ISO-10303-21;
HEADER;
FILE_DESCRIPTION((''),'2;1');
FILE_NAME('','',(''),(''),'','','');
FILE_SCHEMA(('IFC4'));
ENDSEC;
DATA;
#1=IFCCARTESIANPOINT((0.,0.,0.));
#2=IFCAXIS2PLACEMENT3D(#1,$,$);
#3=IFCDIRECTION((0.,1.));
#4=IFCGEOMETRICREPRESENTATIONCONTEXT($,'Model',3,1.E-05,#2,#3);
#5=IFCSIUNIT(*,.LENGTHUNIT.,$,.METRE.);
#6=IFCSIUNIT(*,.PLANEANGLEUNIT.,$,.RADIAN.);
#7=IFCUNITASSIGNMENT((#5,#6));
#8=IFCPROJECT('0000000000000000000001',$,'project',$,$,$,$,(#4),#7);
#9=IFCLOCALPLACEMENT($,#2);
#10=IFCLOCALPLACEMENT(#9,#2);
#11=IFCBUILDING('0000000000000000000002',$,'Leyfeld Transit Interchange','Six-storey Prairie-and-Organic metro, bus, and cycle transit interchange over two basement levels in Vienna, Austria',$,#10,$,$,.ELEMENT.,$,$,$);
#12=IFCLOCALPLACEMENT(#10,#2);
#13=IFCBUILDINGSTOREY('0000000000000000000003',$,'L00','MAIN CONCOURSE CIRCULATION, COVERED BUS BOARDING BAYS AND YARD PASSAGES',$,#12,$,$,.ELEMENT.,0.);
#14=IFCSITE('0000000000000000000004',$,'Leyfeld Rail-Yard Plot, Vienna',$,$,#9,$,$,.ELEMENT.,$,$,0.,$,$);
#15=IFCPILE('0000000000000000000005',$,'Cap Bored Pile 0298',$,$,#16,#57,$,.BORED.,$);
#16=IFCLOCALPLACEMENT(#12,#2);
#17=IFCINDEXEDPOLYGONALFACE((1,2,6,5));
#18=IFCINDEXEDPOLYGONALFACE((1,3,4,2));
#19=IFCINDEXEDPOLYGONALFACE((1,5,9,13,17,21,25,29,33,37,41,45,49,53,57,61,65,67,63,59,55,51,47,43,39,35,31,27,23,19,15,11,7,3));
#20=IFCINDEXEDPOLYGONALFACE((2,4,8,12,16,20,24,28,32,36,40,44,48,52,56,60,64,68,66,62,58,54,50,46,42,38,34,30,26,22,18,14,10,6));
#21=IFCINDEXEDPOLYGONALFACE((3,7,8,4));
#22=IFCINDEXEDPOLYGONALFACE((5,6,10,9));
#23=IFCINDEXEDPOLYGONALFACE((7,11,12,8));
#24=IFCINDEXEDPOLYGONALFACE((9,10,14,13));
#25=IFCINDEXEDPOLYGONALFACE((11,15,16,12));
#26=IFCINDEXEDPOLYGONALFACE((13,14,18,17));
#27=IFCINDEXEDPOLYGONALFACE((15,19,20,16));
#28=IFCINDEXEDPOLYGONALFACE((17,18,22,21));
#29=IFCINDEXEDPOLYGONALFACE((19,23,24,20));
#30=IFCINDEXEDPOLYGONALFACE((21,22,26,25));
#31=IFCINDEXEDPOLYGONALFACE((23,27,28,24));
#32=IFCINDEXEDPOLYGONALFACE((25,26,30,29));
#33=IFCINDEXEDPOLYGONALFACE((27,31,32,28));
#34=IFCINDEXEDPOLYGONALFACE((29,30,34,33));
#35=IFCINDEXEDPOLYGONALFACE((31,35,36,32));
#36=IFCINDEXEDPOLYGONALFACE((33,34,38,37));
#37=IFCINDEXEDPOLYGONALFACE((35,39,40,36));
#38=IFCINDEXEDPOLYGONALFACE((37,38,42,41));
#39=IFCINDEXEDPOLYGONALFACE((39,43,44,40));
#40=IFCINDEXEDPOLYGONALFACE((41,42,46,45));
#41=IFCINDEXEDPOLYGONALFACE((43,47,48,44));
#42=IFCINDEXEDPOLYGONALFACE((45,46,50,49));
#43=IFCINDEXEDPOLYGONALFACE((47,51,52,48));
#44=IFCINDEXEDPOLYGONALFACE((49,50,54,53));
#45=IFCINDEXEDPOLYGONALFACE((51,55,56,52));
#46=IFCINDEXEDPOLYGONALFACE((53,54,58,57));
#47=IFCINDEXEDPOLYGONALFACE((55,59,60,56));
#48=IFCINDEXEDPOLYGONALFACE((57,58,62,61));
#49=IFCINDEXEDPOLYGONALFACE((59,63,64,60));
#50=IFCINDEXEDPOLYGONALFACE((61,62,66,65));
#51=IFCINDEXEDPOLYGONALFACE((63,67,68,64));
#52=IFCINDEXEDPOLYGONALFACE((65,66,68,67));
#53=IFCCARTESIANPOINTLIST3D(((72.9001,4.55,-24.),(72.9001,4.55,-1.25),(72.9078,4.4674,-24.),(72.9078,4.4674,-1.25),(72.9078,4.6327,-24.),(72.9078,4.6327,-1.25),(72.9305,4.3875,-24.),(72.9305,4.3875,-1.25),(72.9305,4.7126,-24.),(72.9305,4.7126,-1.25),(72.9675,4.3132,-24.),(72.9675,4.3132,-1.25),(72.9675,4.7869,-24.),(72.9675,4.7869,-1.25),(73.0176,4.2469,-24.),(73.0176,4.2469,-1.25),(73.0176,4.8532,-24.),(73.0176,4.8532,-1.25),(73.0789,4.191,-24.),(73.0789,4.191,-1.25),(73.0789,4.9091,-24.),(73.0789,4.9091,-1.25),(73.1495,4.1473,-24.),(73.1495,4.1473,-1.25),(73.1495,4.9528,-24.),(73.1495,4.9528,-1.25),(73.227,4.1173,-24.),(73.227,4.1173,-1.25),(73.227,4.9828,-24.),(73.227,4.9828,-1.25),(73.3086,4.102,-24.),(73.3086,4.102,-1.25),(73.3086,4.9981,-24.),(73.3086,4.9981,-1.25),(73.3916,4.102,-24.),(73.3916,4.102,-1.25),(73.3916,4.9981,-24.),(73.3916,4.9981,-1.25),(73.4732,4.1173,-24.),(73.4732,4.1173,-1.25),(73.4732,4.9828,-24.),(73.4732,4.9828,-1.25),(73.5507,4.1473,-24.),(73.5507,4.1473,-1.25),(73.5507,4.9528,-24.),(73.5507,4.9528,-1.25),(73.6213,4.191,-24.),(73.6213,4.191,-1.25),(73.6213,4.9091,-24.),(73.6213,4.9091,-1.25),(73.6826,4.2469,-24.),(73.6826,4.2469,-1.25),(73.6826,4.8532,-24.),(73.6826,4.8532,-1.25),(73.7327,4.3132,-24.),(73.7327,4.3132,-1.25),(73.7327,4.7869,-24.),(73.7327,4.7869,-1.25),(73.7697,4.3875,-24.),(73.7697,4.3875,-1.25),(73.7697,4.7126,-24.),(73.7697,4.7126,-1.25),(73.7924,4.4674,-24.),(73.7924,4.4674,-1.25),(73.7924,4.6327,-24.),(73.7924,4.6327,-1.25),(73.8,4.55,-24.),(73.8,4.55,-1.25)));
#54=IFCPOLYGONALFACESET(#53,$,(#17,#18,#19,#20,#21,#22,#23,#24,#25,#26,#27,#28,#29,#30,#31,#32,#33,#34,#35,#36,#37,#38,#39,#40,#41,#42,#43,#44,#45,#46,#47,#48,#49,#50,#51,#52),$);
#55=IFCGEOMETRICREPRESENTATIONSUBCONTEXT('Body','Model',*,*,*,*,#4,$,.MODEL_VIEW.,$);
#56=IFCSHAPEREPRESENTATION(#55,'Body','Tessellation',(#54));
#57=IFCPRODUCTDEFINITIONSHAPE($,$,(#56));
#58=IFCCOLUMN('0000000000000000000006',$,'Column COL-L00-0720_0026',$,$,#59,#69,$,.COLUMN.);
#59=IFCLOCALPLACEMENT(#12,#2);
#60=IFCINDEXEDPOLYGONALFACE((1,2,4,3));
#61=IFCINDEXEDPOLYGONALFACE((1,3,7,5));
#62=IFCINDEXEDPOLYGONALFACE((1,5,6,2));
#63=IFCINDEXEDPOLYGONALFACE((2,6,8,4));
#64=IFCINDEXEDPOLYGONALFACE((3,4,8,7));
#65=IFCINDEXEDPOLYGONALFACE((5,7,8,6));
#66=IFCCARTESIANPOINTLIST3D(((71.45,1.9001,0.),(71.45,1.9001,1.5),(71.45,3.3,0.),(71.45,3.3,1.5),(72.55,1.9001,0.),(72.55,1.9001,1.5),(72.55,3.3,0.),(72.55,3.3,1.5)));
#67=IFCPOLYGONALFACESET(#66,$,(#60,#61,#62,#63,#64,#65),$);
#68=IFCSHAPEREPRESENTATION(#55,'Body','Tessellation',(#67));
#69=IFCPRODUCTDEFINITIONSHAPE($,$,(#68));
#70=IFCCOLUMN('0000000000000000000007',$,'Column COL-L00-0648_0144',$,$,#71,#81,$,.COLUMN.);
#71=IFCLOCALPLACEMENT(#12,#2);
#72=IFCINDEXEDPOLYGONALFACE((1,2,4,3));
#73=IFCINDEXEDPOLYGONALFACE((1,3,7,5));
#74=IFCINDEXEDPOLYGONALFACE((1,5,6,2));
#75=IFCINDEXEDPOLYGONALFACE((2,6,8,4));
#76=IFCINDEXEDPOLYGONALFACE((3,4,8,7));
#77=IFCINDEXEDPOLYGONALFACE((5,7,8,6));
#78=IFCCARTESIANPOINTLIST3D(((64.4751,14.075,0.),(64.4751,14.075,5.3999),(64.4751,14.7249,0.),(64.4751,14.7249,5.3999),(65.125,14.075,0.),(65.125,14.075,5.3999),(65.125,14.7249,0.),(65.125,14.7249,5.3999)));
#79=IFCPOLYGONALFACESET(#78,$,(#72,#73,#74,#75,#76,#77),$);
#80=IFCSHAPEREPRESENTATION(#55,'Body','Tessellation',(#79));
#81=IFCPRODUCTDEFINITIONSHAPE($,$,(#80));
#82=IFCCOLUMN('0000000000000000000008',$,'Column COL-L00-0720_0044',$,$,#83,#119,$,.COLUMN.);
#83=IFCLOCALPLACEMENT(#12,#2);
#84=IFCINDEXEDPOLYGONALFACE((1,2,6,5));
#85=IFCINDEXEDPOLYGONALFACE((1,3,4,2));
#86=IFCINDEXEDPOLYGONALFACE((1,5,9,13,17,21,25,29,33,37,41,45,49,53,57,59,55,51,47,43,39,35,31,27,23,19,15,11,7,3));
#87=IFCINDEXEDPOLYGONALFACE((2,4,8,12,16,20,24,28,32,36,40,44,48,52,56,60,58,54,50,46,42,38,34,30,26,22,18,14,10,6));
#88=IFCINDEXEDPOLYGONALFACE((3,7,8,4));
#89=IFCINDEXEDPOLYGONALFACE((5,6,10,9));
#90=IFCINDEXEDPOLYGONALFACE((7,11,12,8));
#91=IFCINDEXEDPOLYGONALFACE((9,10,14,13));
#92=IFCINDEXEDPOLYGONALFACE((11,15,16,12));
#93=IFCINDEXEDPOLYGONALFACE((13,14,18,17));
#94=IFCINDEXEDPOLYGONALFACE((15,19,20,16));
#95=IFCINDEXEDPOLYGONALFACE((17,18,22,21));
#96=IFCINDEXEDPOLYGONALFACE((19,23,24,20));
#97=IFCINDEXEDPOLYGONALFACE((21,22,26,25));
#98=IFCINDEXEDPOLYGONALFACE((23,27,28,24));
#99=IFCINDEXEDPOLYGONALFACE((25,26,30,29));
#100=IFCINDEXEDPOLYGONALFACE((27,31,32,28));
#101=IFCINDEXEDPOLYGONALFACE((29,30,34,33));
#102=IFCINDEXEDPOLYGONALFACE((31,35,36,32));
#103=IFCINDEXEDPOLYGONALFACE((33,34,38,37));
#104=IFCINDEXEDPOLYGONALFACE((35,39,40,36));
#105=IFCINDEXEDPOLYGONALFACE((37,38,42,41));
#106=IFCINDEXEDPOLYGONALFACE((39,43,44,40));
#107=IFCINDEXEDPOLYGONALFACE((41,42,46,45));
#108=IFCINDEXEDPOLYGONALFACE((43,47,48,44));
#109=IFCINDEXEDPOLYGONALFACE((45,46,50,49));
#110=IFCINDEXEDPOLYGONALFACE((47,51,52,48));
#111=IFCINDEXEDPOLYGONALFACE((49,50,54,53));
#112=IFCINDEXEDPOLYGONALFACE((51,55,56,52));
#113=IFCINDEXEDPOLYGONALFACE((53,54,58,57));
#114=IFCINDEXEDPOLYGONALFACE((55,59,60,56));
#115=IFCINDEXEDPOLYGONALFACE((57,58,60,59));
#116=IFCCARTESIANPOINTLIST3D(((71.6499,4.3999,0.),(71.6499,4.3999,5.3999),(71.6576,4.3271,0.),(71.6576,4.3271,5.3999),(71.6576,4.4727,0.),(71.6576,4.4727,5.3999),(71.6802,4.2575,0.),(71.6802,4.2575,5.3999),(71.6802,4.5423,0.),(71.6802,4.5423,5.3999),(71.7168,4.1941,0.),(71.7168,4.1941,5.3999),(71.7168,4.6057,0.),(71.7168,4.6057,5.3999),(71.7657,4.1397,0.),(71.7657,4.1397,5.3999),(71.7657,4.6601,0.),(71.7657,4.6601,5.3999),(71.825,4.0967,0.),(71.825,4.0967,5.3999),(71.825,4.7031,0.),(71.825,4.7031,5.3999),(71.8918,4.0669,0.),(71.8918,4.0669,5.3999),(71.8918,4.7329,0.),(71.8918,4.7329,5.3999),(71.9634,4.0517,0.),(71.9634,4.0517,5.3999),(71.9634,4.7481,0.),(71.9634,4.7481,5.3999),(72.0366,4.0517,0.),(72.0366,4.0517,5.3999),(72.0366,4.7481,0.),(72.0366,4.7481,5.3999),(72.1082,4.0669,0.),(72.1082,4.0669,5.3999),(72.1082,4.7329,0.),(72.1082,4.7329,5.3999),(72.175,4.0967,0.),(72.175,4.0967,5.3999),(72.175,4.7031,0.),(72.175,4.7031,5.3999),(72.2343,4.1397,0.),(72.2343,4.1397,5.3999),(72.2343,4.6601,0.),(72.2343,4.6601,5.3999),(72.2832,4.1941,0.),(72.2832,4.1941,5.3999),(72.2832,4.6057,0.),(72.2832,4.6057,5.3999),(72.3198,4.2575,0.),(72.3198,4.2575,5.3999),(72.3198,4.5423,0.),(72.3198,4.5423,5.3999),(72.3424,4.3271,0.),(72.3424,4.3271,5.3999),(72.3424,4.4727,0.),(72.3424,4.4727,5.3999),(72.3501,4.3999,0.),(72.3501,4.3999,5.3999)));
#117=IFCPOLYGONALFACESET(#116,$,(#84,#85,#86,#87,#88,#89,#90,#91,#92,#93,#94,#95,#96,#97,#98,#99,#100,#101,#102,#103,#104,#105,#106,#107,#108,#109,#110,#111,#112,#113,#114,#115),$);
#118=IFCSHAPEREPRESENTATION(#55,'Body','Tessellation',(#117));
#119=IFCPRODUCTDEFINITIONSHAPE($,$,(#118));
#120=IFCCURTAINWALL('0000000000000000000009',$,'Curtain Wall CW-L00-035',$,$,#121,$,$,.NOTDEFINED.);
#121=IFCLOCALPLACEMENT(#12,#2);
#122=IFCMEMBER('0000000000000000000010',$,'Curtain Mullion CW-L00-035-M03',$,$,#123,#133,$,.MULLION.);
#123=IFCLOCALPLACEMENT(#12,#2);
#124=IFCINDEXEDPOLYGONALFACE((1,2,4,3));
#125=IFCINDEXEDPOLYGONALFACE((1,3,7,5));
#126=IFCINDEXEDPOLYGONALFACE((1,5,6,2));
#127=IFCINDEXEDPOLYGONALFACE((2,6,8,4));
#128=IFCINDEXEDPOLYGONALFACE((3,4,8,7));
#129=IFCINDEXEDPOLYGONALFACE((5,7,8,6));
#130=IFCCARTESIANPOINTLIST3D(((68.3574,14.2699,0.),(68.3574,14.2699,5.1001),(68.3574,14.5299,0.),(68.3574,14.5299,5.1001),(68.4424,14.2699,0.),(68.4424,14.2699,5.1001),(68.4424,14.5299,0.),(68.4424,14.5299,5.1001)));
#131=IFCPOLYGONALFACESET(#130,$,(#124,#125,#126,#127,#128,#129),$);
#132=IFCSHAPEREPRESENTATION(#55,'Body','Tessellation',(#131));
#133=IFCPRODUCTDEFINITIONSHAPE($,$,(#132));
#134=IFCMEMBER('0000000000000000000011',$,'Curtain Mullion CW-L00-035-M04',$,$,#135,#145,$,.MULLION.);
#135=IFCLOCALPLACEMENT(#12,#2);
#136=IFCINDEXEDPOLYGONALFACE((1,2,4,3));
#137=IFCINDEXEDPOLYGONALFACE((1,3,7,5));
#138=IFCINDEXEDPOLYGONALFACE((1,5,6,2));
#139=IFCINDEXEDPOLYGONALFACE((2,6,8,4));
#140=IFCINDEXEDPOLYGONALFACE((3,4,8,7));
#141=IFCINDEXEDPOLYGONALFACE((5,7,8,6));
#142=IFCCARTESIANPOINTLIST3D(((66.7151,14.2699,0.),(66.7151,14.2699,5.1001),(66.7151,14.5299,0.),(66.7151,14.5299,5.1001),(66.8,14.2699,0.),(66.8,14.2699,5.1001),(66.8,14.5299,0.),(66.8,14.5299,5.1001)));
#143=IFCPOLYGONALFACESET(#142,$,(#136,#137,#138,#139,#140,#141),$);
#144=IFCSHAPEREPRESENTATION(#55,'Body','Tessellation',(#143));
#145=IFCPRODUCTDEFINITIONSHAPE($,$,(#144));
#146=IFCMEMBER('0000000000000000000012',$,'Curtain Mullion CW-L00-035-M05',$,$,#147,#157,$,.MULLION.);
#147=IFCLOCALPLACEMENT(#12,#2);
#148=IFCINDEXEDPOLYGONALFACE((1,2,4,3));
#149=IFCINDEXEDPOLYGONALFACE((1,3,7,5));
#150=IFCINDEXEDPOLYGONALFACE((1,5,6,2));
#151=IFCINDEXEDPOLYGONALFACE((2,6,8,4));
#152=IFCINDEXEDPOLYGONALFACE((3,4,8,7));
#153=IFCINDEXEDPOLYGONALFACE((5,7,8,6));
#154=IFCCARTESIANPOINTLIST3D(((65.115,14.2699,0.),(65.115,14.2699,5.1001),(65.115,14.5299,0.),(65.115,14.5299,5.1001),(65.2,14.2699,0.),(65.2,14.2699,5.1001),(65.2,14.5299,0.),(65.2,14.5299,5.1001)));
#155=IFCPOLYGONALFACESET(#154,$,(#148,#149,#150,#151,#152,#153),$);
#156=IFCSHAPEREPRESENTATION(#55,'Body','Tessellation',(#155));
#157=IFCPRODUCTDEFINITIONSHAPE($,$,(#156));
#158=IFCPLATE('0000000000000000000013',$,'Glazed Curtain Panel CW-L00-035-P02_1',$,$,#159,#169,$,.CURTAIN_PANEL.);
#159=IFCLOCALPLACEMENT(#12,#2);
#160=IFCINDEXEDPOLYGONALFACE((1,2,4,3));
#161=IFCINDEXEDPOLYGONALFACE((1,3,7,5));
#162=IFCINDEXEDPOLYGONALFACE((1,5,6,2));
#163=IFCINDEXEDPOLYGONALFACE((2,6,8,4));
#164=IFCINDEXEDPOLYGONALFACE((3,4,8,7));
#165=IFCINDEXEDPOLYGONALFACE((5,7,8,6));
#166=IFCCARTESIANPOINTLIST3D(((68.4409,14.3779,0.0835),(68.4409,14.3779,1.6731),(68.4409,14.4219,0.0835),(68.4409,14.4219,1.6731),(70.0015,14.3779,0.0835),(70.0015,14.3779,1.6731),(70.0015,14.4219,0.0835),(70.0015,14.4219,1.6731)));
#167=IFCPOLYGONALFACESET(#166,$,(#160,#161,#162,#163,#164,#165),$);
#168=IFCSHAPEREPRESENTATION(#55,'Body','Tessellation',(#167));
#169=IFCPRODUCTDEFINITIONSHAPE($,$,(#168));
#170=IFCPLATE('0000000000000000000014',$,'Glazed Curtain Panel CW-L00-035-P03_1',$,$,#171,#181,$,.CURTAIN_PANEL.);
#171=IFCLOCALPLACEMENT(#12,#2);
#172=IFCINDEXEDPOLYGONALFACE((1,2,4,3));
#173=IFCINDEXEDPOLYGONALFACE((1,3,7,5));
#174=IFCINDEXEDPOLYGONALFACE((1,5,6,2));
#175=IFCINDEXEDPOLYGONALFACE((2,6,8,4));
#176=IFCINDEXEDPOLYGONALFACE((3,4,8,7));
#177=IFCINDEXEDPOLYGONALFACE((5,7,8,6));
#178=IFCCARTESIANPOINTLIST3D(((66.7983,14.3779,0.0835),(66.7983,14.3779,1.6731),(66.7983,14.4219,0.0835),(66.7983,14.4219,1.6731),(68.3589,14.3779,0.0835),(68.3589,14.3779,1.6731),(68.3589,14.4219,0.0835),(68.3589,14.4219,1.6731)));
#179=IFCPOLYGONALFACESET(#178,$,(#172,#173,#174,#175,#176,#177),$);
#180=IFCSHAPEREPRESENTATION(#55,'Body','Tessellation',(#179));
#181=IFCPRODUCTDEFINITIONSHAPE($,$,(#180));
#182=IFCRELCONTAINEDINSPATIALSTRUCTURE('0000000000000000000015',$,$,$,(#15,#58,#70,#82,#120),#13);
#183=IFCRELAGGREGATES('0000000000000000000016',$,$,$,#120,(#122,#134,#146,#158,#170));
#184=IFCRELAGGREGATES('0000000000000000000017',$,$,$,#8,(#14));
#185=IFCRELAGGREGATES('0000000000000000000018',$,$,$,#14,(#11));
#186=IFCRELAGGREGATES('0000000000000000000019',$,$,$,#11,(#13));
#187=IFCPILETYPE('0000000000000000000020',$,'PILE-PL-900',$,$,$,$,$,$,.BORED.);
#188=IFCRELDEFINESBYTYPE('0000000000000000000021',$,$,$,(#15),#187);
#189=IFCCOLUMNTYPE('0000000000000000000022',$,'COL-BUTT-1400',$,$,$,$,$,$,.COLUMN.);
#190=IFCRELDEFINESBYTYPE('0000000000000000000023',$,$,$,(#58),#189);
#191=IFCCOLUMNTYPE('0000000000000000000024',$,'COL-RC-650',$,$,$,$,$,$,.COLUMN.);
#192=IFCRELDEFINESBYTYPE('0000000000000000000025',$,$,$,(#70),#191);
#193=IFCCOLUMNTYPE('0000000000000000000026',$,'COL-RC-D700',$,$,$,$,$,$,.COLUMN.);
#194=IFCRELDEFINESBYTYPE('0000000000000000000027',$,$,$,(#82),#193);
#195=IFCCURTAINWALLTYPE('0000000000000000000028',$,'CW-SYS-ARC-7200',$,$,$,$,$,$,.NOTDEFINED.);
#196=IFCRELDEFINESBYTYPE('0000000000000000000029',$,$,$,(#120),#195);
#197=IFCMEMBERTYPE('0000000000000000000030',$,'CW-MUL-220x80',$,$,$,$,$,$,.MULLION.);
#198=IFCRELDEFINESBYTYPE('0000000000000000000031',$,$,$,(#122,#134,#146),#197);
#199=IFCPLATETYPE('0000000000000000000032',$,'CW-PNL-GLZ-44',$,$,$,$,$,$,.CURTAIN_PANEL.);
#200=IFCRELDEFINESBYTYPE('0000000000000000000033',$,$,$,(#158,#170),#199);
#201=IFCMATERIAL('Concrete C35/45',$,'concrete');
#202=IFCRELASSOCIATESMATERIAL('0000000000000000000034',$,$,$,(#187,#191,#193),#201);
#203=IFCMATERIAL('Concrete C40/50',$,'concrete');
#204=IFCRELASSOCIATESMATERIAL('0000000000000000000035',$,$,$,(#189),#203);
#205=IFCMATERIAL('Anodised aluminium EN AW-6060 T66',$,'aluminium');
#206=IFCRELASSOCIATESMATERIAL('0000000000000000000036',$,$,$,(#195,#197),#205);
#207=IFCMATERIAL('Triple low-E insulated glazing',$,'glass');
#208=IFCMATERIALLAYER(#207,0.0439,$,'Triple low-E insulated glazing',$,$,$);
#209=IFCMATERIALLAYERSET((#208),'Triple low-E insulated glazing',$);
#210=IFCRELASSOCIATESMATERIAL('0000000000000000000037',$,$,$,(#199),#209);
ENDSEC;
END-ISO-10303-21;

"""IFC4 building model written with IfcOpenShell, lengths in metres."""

from ifc_helpers import new_model, si_unit, direction, frame, origin, origin_2d, place, context, subcontext, project, spatial, rectangle, circle, extrude, material, layer, layer_set, material_profile, profile_set, type_object, element, aggregate, save


model = new_model("IFC4")

# Units and contexts
model_context = context("Model", 3, precision=1e-05, world=origin(), true_north=direction((0.0, 1.0)))
body_context = subcontext(model_context, "Body", "Model", "MODEL_VIEW")
ifc_project = project(units=[si_unit("LENGTHUNIT", "METRE"), si_unit("PLANEANGLEUNIT", "RADIAN")], contexts=[model_context])

# Site, building, storey
site_placement = place(None, origin())
site = spatial("IfcSite", under=ifc_project, at=site_placement, Name="Leyfeld Rail-Yard Plot, Vienna", CompositionType="ELEMENT", RefElevation=0.0)
building_placement = place(site_placement, origin())
building = spatial("IfcBuilding", under=site, at=building_placement, Name="Leyfeld Transit Interchange", Description="Six-storey Prairie-and-Organic metro, bus, and cycle transit interchange over two basement levels in Vienna, Austria", CompositionType="ELEMENT")
storey_placement = place(building_placement, origin())
storey = spatial("IfcBuildingStorey", under=building, at=storey_placement, Name="L00", Description="MAIN CONCOURSE CIRCULATION, COVERED BUS BOARDING BAYS AND YARD PASSAGES", CompositionType="ELEMENT", Elevation=0.0)

# Shared definitions
ifc_material_1 = material(Name="Concrete C35/45", Category="concrete")

# Pile
ifc_material_profile_1 = material_profile(ifc_material_1, circle(Radius=0.45, at=origin_2d()), Name="PILE D900")
ifc_profile_set_1 = profile_set([ifc_material_profile_1], Name="Concrete C35/45")
pile_type = type_object("IfcPileType", Name="PILE-PL-900", PredefinedType="BORED", material=ifc_profile_set_1)
for number, where, z_axis, x_axis, name in (
    (1, (73.3501, 4.55, -1.25), (0.0, 0.0, -1.0), (1.0, 0.0, 0.0), "Cap Bored Pile 0298"),
):
    element("IfcPile", number, at=place(storey_placement, frame(where, z_axis=z_axis, x_axis=x_axis)), inside=storey, type_object=pile_type, Name=name, PredefinedType="BORED", context=body_context, shape_type="SweptSolid", body=[
        extrude(circle(Radius=0.45, at=origin_2d()), origin(), (0.0, 0.0, 1.0), 22.75),
    ])

# Columns
ifc_material_2 = material(Name="Concrete C40/50", Category="concrete")
ifc_material_profile_2 = material_profile(ifc_material_2, rectangle(XDim=1.1001, YDim=1.3999, at=origin_2d()), Name="RC 1400x1100")
ifc_profile_set_2 = profile_set([ifc_material_profile_2], Name="Concrete C40/50")
column_type_1 = type_object("IfcColumnType", Name="COL-BUTT-1400", PredefinedType="COLUMN", material=ifc_profile_set_2)
column_1_placement = place(storey_placement, frame((72.0, 2.6001, 0.0), z_axis=(0.0, 0.0, 1.0), x_axis=(1.0, 0.0, 0.0)))
element("IfcColumn", 2, at=column_1_placement, inside=storey, type_object=column_type_1, Name="Column COL-L00-0720_0026", PredefinedType="COLUMN", context=body_context, shape_type="SweptSolid", body=[
    extrude(rectangle(XDim=1.1001, YDim=1.3999, at=origin_2d()), origin(), (0.0, 0.0, 1.0), 1.5),
])
ifc_material_profile_3 = material_profile(ifc_material_1, rectangle(XDim=0.6499, YDim=0.6499, at=origin_2d()), Name="RC 650x650")
ifc_profile_set_3 = profile_set([ifc_material_profile_3], Name="Concrete C35/45")
column_type_2 = type_object("IfcColumnType", Name="COL-RC-650", PredefinedType="COLUMN", material=ifc_profile_set_3)
column_2_placement = place(storey_placement, frame((64.8, 14.3999, 0.0), z_axis=(0.0, 0.0, 1.0), x_axis=(1.0, 0.0, 0.0)))
element("IfcColumn", 3, at=column_2_placement, inside=storey, type_object=column_type_2, Name="Column COL-L00-0648_0144", PredefinedType="COLUMN", context=body_context, shape_type="SweptSolid", body=[
    extrude(rectangle(XDim=0.6499, YDim=0.6499, at=origin_2d()), origin(), (0.0, 0.0, 1.0), 5.3999),
])
ifc_material_profile_4 = material_profile(ifc_material_1, circle(Radius=0.3501, at=origin_2d()), Name="RC D700")
ifc_profile_set_4 = profile_set([ifc_material_profile_4], Name="Concrete C35/45")
column_type_3 = type_object("IfcColumnType", Name="COL-RC-D700", PredefinedType="COLUMN", material=ifc_profile_set_4)
column_3_placement = place(storey_placement, frame((72.0, 4.3999, 0.0), z_axis=(0.0, 0.0, 1.0), x_axis=(1.0, 0.0, 0.0)))
element("IfcColumn", 4, at=column_3_placement, inside=storey, type_object=column_type_3, Name="Column COL-L00-0720_0044", PredefinedType="COLUMN", context=body_context, shape_type="SweptSolid", body=[
    extrude(circle(Radius=0.3501, at=origin_2d()), origin(), (0.0, 0.0, 1.0), 5.3999),
])

# Curtain wall, members, plates
ifc_material_3 = material(Name="Anodised aluminium EN AW-6060 T66", Category="aluminium")
curtain_wall_type = type_object("IfcCurtainWallType", Name="CW-SYS-ARC-7200", PredefinedType="NOTDEFINED", material=ifc_material_3)
curtain_wall_placement = place(storey_placement, origin())
curtain_wall = element("IfcCurtainWall", 5, at=curtain_wall_placement, inside=storey, type_object=curtain_wall_type, Name="Curtain Wall CW-L00-035", PredefinedType="NOTDEFINED")
ifc_material_profile_5 = material_profile(ifc_material_3, rectangle(XDim=0.085, YDim=0.26, at=origin_2d()), Name="CW-M 85x260")
ifc_profile_set_5 = profile_set([ifc_material_profile_5], Name="Anodised aluminium EN AW-6060 T66")
member_type = type_object("IfcMemberType", Name="CW-MUL-220x80", PredefinedType="MULLION", material=ifc_profile_set_5)
member_1_placement = place(storey_placement, frame((68.3999, 14.3999, 0.0), z_axis=(0.0, 0.0, 1.0), x_axis=(-1.0, 0.0, 0.0)))
member_1 = element("IfcMember", 6, at=member_1_placement, type_object=member_type, Name="Curtain Mullion CW-L00-035-M03", PredefinedType="MULLION", context=body_context, shape_type="SweptSolid", body=[
    extrude(rectangle(XDim=0.085, YDim=0.26, at=origin_2d()), origin(), (0.0, 0.0, 1.0), 5.1001),
])
member_2_placement = place(storey_placement, frame((66.7576, 14.3999, 0.0), z_axis=(0.0, 0.0, 1.0), x_axis=(-1.0, 0.0, 0.0)))
member_2 = element("IfcMember", 7, at=member_2_placement, type_object=member_type, Name="Curtain Mullion CW-L00-035-M04", PredefinedType="MULLION", context=body_context, shape_type="SweptSolid", body=[
    extrude(rectangle(XDim=0.085, YDim=0.26, at=origin_2d()), origin(), (0.0, 0.0, 1.0), 5.1001),
])
member_3_placement = place(storey_placement, frame((65.1575, 14.3999, 0.0), z_axis=(0.0, 0.0, 1.0), x_axis=(-1.0, 0.0, 0.0)))
member_3 = element("IfcMember", 8, at=member_3_placement, type_object=member_type, Name="Curtain Mullion CW-L00-035-M05", PredefinedType="MULLION", context=body_context, shape_type="SweptSolid", body=[
    extrude(rectangle(XDim=0.085, YDim=0.26, at=origin_2d()), origin(), (0.0, 0.0, 1.0), 5.1001),
])
ifc_material_4 = material(Name="Triple low-E insulated glazing", Category="glass")
ifc_layer_1 = layer(ifc_material_4, 0.0439, Name="Triple low-E insulated glazing")
ifc_layer_set_1 = layer_set([ifc_layer_1], Name="Triple low-E insulated glazing")
plate_type_1 = type_object("IfcPlateType", Name="CW-PNL-GLZ-44", PredefinedType="CURTAIN_PANEL", material=ifc_layer_set_1)
plate_1_placement = place(storey_placement, frame((69.2212, 14.3999, 0.0835), z_axis=(0.0, 0.0, 1.0), x_axis=(-1.0, 0.0, 0.0)))
plate_1 = element("IfcPlate", 9, at=plate_1_placement, type_object=plate_type_1, Name="Glazed Curtain Panel CW-L00-035-P02_1", PredefinedType="CURTAIN_PANEL", context=body_context, shape_type="SweptSolid", body=[
    extrude(rectangle(XDim=1.5605, YDim=0.0439, at=origin_2d()), origin(), (0.0, 0.0, 1.0), 1.5896),
])
plate_2_placement = place(storey_placement, frame((67.5786, 14.3999, 0.0835), z_axis=(0.0, 0.0, 1.0), x_axis=(-1.0, 0.0, 0.0)))
plate_2 = element("IfcPlate", 10, at=plate_2_placement, type_object=plate_type_1, Name="Glazed Curtain Panel CW-L00-035-P03_1", PredefinedType="CURTAIN_PANEL", context=body_context, shape_type="SweptSolid", body=[
    extrude(rectangle(XDim=1.5605, YDim=0.0439, at=origin_2d()), origin(), (0.0, 0.0, 1.0), 1.5896),
])
aggregate(curtain_wall, [member_1, member_2, member_3, plate_1, plate_2])

save(model, "model.ifc")
